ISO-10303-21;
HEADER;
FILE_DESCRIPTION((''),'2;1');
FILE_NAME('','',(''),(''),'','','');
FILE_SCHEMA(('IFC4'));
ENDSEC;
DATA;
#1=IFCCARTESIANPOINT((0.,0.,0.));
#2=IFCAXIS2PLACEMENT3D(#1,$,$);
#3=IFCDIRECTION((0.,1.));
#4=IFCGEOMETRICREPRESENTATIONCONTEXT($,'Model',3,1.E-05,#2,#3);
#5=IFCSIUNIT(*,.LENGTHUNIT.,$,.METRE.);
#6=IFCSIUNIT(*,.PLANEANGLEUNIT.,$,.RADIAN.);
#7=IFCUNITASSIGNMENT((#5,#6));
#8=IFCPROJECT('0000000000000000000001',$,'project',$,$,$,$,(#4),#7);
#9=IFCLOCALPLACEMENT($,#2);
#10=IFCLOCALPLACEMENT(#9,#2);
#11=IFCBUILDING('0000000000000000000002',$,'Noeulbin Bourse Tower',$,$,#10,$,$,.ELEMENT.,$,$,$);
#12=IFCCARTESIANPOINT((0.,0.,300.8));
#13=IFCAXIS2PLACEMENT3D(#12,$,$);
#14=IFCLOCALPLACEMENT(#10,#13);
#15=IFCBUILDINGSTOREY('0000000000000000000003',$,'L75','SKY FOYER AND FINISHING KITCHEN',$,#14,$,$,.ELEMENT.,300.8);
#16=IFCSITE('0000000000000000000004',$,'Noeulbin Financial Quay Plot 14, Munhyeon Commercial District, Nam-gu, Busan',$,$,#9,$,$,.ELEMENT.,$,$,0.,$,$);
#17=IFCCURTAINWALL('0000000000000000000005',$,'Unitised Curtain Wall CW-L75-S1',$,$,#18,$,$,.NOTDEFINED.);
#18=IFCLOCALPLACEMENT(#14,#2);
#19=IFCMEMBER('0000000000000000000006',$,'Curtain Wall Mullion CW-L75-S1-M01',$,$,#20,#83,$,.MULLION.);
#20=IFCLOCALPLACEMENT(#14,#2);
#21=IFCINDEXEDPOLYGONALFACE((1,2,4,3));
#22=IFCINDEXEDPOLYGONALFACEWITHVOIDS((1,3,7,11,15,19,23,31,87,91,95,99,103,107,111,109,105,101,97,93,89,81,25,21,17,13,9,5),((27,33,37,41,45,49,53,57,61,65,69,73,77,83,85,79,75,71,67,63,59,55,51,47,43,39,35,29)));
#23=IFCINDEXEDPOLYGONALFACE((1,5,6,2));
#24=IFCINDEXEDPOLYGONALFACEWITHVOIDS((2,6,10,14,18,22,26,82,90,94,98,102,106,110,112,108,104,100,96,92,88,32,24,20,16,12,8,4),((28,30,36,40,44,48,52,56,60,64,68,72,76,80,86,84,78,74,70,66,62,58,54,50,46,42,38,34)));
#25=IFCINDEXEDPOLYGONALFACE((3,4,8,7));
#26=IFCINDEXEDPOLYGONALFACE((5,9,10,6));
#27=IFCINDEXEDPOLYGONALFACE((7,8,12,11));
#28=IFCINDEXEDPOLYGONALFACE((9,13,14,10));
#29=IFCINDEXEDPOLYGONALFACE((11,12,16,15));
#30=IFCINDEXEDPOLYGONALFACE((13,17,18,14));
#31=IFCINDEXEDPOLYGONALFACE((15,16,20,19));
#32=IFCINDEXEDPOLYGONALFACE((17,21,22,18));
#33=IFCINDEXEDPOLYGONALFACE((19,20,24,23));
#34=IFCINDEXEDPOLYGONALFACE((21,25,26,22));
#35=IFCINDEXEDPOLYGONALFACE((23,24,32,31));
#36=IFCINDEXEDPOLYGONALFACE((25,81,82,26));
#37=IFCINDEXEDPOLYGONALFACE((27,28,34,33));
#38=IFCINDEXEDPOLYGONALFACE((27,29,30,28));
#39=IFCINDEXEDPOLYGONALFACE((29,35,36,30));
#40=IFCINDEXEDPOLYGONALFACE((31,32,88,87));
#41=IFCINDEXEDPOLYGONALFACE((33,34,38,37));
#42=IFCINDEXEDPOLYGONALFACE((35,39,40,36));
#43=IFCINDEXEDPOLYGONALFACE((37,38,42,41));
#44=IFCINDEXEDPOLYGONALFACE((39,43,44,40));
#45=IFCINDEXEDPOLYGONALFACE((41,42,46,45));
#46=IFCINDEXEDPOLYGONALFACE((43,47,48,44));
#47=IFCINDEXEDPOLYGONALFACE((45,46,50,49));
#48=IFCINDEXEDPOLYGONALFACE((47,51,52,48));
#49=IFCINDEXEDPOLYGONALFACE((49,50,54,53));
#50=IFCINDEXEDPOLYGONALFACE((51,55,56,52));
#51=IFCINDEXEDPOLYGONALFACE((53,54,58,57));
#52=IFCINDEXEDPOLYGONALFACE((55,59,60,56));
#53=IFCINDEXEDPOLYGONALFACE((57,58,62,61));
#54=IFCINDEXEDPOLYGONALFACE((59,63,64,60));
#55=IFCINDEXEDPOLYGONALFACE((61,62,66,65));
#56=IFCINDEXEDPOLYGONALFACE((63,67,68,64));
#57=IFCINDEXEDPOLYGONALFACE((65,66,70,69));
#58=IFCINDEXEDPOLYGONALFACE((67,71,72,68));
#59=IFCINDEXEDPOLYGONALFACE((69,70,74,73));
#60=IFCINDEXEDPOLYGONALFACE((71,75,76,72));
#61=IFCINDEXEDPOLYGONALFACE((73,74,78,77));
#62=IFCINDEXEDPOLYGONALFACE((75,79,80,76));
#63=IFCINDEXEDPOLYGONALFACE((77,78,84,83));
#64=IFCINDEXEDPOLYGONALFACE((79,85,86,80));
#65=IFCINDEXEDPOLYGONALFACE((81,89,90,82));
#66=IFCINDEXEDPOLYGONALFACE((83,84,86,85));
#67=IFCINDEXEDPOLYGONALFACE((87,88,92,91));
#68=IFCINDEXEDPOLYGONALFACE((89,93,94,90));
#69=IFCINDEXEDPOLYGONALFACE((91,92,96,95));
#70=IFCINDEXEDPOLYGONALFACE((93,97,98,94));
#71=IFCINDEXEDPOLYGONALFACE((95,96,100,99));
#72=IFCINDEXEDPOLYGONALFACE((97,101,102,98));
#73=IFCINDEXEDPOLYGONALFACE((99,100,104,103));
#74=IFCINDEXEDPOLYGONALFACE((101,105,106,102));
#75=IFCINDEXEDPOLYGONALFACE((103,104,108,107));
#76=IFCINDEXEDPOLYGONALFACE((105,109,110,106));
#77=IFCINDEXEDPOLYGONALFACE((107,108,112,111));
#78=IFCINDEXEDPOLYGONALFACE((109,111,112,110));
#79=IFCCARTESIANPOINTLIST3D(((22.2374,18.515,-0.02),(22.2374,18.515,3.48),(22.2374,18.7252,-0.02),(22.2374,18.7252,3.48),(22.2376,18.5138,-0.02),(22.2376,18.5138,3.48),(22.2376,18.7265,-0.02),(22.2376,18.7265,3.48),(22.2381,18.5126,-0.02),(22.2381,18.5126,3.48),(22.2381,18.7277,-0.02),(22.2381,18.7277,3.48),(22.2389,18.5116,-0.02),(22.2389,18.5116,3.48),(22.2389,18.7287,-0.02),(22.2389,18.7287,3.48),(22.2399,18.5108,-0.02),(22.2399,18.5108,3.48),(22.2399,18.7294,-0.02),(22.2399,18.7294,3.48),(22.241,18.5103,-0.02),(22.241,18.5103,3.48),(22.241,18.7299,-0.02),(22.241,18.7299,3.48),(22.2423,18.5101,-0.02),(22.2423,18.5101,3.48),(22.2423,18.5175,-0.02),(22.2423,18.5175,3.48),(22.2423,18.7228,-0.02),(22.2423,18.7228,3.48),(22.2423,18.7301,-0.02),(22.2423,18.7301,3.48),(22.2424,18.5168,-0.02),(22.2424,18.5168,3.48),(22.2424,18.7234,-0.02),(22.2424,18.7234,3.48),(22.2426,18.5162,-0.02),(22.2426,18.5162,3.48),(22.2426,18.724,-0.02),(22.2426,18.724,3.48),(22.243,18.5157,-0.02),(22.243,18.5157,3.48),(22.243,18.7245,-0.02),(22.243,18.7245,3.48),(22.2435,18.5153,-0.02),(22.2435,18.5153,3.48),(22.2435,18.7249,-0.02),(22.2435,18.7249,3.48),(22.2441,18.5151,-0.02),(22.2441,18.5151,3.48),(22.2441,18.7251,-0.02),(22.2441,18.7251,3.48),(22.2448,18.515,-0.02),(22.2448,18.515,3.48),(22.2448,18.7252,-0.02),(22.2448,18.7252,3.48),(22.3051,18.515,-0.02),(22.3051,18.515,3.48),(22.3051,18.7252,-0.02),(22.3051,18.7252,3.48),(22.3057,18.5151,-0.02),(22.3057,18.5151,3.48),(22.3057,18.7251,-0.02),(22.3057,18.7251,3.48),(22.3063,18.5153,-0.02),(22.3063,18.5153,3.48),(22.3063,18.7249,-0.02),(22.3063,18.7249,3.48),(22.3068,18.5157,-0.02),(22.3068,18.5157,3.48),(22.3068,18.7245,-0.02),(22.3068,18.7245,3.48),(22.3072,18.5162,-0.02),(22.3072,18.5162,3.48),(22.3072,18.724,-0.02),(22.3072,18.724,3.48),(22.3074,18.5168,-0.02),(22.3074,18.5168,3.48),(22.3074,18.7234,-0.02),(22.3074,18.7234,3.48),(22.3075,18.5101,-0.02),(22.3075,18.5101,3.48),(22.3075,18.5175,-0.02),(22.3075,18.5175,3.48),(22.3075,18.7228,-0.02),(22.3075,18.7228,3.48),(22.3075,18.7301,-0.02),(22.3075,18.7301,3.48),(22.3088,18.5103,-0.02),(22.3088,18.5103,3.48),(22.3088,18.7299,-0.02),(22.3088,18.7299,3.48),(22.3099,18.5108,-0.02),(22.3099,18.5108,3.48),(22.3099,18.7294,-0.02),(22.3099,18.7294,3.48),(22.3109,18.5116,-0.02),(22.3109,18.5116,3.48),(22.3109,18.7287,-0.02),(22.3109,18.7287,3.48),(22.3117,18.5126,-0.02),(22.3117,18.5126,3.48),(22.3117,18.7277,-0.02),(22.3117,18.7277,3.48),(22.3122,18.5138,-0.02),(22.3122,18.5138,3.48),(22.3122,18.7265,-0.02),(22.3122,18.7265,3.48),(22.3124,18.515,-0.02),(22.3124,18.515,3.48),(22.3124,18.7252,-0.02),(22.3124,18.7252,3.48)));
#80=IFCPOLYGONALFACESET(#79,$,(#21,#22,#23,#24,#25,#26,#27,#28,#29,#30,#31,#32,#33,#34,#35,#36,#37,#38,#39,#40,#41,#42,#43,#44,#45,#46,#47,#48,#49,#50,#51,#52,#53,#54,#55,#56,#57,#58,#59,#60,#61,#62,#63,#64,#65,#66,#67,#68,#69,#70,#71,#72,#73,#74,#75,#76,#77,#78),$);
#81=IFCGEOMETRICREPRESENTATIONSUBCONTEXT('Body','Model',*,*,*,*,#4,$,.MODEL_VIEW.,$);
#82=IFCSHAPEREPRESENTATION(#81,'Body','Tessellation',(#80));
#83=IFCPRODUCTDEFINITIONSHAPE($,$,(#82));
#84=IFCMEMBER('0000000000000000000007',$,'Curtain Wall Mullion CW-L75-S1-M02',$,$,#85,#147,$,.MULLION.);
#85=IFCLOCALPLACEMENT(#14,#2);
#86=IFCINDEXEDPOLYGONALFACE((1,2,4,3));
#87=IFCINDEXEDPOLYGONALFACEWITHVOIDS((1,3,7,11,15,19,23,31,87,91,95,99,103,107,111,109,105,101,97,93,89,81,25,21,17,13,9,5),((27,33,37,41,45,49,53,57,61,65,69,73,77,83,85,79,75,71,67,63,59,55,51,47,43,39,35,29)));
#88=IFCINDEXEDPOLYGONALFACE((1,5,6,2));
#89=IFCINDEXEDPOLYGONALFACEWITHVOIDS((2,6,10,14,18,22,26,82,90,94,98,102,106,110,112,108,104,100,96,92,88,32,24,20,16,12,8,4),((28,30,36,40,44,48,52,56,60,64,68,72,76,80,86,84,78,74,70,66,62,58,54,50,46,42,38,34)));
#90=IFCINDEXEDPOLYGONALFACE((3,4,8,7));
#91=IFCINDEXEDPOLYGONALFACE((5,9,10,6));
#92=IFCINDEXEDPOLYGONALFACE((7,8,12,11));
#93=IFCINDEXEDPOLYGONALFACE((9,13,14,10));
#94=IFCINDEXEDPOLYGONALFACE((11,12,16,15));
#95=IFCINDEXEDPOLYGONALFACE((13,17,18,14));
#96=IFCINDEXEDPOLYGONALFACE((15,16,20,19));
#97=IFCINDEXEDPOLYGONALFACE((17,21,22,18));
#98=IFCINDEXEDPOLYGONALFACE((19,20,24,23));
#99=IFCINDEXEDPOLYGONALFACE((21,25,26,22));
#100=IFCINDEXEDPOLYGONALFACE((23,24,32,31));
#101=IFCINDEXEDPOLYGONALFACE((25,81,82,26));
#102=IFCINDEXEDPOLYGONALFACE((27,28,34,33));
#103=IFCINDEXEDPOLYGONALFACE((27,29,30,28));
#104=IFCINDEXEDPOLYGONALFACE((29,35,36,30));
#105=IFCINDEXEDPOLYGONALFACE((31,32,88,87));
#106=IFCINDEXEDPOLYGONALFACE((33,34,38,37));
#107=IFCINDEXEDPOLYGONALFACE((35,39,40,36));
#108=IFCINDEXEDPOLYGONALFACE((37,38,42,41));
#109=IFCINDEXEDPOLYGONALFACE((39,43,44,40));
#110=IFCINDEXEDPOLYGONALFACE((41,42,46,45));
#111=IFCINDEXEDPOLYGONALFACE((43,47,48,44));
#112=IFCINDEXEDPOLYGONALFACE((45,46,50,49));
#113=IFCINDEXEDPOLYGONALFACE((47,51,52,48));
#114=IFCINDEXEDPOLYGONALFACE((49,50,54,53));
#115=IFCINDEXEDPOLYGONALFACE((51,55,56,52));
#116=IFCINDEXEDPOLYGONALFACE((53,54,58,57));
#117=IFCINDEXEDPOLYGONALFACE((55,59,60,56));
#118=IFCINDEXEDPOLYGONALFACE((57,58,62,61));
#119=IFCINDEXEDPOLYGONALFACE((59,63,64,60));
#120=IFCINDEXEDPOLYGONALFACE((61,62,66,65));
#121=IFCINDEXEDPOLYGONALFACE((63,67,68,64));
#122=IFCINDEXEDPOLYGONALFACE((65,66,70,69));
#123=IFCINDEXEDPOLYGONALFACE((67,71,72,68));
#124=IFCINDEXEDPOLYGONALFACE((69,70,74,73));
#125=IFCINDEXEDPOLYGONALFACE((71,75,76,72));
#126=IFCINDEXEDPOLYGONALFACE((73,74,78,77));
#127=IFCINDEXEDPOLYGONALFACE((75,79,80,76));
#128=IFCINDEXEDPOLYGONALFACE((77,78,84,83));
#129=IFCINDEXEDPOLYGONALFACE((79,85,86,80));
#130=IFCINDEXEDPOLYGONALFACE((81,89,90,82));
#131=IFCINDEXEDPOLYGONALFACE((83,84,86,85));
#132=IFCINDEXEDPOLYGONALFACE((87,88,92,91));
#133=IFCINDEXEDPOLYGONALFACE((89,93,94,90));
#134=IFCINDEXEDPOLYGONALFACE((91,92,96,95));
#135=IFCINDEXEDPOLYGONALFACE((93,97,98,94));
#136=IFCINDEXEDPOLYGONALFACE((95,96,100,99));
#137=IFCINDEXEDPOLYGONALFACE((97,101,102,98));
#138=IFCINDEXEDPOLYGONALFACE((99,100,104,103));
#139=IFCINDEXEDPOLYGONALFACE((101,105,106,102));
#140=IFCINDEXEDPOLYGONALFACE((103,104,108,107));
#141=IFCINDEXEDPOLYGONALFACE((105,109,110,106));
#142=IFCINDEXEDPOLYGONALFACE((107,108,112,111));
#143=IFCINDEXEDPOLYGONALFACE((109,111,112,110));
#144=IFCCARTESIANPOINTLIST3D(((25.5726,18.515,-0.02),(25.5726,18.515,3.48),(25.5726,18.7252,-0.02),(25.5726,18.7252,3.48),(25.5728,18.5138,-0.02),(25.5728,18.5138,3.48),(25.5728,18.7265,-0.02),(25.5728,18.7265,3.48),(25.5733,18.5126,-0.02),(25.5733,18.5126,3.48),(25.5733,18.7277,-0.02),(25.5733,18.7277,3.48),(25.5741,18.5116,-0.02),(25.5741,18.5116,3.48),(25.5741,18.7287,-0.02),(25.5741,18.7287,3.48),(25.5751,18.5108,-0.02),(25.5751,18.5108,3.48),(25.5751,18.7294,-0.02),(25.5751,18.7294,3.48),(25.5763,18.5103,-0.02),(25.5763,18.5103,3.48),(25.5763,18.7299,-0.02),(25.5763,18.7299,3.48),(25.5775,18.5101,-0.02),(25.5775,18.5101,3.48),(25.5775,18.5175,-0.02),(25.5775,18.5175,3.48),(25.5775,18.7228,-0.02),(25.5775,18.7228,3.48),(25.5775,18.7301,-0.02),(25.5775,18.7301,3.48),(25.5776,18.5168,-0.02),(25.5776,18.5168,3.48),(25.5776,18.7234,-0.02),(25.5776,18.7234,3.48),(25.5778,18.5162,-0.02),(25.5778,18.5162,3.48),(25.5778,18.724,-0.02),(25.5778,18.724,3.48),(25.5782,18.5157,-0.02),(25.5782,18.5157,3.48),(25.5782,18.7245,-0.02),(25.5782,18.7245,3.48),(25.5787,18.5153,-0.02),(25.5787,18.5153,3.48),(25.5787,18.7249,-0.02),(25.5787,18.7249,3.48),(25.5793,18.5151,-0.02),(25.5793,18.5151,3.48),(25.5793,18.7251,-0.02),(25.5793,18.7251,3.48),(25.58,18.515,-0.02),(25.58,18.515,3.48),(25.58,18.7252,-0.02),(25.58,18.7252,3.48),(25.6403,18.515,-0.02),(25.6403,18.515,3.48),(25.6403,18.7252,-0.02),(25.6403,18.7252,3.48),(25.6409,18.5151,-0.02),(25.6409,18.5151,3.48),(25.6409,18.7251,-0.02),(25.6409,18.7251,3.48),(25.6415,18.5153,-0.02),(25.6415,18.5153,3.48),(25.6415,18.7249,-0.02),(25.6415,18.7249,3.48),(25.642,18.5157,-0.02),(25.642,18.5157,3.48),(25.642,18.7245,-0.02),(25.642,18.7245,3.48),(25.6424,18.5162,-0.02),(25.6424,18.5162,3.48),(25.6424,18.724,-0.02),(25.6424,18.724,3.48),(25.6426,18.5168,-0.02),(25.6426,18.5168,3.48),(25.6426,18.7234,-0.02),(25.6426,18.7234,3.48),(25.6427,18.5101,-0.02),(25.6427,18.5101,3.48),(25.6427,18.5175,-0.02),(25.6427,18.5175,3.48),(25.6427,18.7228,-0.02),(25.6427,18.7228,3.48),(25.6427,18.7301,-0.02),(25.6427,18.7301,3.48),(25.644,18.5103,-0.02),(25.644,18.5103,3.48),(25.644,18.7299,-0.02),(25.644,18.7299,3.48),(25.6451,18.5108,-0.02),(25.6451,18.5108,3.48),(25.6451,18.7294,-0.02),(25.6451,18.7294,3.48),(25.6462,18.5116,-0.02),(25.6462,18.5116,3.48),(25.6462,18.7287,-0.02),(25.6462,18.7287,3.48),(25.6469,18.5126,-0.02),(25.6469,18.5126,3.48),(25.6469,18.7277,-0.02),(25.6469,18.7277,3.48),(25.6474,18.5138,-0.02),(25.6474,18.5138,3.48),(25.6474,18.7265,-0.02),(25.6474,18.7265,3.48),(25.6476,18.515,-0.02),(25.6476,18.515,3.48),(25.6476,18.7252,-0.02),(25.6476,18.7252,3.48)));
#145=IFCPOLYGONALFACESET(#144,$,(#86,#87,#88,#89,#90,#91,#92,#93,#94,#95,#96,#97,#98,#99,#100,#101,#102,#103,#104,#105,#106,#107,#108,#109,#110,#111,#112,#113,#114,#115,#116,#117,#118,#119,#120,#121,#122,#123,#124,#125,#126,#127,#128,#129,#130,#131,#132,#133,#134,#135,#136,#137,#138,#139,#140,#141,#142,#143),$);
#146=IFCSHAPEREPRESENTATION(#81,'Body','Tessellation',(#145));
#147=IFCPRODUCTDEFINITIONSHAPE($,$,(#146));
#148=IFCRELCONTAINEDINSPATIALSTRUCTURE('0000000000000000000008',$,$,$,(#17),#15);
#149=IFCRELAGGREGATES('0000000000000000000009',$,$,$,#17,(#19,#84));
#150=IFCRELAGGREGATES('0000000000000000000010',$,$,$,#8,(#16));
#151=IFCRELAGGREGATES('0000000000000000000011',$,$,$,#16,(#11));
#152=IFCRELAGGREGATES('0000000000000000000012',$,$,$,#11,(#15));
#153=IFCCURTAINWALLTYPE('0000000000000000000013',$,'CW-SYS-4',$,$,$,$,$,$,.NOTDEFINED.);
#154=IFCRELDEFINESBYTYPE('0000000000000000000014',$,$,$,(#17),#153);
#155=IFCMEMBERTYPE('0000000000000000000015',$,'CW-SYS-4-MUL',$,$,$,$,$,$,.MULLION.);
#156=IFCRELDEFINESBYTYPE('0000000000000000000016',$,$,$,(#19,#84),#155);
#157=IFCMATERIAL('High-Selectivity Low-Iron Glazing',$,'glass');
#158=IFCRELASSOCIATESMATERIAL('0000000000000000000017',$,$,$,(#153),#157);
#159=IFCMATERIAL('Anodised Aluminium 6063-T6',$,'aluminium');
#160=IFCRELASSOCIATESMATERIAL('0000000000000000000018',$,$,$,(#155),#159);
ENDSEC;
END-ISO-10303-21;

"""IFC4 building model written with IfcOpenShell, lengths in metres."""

from ifc_helpers import new_model, si_unit, direction, frame, origin, origin_2d, place, context, subcontext, project, spatial, hollow_rectangle, extrude, material, material_profile, profile_set, type_object, element, aggregate, save


model = new_model("IFC4")

# Units and contexts
model_context = context("Model", 3, precision=1e-05, world=origin(), true_north=direction((0.0, 1.0)))
body_context = subcontext(model_context, "Body", "Model", "MODEL_VIEW")
ifc_project = project(units=[si_unit("LENGTHUNIT", "METRE"), si_unit("PLANEANGLEUNIT", "RADIAN")], contexts=[model_context])

# Site, building, storey
site_placement = place(None, origin())
site = spatial("IfcSite", under=ifc_project, at=site_placement, Name="Noeulbin Financial Quay Plot 14, Munhyeon Commercial District, Nam-gu, Busan", CompositionType="ELEMENT", RefElevation=0.0)
building_placement = place(site_placement, origin())
building = spatial("IfcBuilding", under=site, at=building_placement, Name="Noeulbin Bourse Tower", CompositionType="ELEMENT")
storey_placement = place(building_placement, frame((0.0, 0.0, 300.8)))
storey = spatial("IfcBuildingStorey", under=building, at=storey_placement, Name="L75", Description="SKY FOYER AND FINISHING KITCHEN", CompositionType="ELEMENT", Elevation=300.8)

# Curtain wall, members
ifc_material_1 = material(Name="High-Selectivity Low-Iron Glazing", Category="glass")
curtain_wall_type = type_object("IfcCurtainWallType", Name="CW-SYS-4", PredefinedType="NOTDEFINED", material=ifc_material_1)
ifc_material_2 = material(Name="Anodised Aluminium 6063-T6", Category="aluminium")
ifc_material_profile_1 = material_profile(ifc_material_2, hollow_rectangle(XDim=0.075, YDim=0.22, WallThickness=0.0049, InnerFilletRadius=0.0024, OuterFilletRadius=0.0049, at=origin_2d()), Name="ALU-MULL-75x220x5", Category="LoadBearing")
ifc_profile_set_1 = profile_set([ifc_material_profile_1], Name="Anodised Aluminium 6063-T6")
member_type_1 = type_object("IfcMemberType", Name="CW-SYS-4-MUL", PredefinedType="MULLION", material=ifc_profile_set_1)
curtain_wall_1_placement = place(storey_placement, origin())
curtain_wall_1 = element("IfcCurtainWall", 1, at=curtain_wall_1_placement, inside=storey, type_object=curtain_wall_type, Name="Unitised Curtain Wall CW-L75-S1", PredefinedType="NOTDEFINED")
member_1_placement = place(storey_placement, frame((22.2749, 18.6201, -0.02), z_axis=(0.0, 0.0, 1.0), x_axis=(1.0, 0.0, 0.0)))
member_1 = element("IfcMember", 2, at=member_1_placement, type_object=member_type_1, Name="Curtain Wall Mullion CW-L75-S1-M01", PredefinedType="MULLION", context=body_context, shape_type="SweptSolid", body=[
    extrude(hollow_rectangle(XDim=0.075, YDim=0.22, WallThickness=0.0049, InnerFilletRadius=0.0024, OuterFilletRadius=0.0049, at=origin_2d()), origin(), (0.0, 0.0, 1.0), 3.5),
])
member_2_placement = place(storey_placement, frame((25.6101, 18.6201, -0.02), z_axis=(0.0, 0.0, 1.0), x_axis=(1.0, 0.0, 0.0)))
member_2 = element("IfcMember", 3, at=member_2_placement, type_object=member_type_1, Name="Curtain Wall Mullion CW-L75-S1-M02", PredefinedType="MULLION", context=body_context, shape_type="SweptSolid", body=[
    extrude(hollow_rectangle(XDim=0.075, YDim=0.22, WallThickness=0.0049, InnerFilletRadius=0.0024, OuterFilletRadius=0.0049, at=origin_2d()), origin(), (0.0, 0.0, 1.0), 3.5),
])

aggregate(curtain_wall_1, [member_1, member_2])

save(model, "model.ifc")
